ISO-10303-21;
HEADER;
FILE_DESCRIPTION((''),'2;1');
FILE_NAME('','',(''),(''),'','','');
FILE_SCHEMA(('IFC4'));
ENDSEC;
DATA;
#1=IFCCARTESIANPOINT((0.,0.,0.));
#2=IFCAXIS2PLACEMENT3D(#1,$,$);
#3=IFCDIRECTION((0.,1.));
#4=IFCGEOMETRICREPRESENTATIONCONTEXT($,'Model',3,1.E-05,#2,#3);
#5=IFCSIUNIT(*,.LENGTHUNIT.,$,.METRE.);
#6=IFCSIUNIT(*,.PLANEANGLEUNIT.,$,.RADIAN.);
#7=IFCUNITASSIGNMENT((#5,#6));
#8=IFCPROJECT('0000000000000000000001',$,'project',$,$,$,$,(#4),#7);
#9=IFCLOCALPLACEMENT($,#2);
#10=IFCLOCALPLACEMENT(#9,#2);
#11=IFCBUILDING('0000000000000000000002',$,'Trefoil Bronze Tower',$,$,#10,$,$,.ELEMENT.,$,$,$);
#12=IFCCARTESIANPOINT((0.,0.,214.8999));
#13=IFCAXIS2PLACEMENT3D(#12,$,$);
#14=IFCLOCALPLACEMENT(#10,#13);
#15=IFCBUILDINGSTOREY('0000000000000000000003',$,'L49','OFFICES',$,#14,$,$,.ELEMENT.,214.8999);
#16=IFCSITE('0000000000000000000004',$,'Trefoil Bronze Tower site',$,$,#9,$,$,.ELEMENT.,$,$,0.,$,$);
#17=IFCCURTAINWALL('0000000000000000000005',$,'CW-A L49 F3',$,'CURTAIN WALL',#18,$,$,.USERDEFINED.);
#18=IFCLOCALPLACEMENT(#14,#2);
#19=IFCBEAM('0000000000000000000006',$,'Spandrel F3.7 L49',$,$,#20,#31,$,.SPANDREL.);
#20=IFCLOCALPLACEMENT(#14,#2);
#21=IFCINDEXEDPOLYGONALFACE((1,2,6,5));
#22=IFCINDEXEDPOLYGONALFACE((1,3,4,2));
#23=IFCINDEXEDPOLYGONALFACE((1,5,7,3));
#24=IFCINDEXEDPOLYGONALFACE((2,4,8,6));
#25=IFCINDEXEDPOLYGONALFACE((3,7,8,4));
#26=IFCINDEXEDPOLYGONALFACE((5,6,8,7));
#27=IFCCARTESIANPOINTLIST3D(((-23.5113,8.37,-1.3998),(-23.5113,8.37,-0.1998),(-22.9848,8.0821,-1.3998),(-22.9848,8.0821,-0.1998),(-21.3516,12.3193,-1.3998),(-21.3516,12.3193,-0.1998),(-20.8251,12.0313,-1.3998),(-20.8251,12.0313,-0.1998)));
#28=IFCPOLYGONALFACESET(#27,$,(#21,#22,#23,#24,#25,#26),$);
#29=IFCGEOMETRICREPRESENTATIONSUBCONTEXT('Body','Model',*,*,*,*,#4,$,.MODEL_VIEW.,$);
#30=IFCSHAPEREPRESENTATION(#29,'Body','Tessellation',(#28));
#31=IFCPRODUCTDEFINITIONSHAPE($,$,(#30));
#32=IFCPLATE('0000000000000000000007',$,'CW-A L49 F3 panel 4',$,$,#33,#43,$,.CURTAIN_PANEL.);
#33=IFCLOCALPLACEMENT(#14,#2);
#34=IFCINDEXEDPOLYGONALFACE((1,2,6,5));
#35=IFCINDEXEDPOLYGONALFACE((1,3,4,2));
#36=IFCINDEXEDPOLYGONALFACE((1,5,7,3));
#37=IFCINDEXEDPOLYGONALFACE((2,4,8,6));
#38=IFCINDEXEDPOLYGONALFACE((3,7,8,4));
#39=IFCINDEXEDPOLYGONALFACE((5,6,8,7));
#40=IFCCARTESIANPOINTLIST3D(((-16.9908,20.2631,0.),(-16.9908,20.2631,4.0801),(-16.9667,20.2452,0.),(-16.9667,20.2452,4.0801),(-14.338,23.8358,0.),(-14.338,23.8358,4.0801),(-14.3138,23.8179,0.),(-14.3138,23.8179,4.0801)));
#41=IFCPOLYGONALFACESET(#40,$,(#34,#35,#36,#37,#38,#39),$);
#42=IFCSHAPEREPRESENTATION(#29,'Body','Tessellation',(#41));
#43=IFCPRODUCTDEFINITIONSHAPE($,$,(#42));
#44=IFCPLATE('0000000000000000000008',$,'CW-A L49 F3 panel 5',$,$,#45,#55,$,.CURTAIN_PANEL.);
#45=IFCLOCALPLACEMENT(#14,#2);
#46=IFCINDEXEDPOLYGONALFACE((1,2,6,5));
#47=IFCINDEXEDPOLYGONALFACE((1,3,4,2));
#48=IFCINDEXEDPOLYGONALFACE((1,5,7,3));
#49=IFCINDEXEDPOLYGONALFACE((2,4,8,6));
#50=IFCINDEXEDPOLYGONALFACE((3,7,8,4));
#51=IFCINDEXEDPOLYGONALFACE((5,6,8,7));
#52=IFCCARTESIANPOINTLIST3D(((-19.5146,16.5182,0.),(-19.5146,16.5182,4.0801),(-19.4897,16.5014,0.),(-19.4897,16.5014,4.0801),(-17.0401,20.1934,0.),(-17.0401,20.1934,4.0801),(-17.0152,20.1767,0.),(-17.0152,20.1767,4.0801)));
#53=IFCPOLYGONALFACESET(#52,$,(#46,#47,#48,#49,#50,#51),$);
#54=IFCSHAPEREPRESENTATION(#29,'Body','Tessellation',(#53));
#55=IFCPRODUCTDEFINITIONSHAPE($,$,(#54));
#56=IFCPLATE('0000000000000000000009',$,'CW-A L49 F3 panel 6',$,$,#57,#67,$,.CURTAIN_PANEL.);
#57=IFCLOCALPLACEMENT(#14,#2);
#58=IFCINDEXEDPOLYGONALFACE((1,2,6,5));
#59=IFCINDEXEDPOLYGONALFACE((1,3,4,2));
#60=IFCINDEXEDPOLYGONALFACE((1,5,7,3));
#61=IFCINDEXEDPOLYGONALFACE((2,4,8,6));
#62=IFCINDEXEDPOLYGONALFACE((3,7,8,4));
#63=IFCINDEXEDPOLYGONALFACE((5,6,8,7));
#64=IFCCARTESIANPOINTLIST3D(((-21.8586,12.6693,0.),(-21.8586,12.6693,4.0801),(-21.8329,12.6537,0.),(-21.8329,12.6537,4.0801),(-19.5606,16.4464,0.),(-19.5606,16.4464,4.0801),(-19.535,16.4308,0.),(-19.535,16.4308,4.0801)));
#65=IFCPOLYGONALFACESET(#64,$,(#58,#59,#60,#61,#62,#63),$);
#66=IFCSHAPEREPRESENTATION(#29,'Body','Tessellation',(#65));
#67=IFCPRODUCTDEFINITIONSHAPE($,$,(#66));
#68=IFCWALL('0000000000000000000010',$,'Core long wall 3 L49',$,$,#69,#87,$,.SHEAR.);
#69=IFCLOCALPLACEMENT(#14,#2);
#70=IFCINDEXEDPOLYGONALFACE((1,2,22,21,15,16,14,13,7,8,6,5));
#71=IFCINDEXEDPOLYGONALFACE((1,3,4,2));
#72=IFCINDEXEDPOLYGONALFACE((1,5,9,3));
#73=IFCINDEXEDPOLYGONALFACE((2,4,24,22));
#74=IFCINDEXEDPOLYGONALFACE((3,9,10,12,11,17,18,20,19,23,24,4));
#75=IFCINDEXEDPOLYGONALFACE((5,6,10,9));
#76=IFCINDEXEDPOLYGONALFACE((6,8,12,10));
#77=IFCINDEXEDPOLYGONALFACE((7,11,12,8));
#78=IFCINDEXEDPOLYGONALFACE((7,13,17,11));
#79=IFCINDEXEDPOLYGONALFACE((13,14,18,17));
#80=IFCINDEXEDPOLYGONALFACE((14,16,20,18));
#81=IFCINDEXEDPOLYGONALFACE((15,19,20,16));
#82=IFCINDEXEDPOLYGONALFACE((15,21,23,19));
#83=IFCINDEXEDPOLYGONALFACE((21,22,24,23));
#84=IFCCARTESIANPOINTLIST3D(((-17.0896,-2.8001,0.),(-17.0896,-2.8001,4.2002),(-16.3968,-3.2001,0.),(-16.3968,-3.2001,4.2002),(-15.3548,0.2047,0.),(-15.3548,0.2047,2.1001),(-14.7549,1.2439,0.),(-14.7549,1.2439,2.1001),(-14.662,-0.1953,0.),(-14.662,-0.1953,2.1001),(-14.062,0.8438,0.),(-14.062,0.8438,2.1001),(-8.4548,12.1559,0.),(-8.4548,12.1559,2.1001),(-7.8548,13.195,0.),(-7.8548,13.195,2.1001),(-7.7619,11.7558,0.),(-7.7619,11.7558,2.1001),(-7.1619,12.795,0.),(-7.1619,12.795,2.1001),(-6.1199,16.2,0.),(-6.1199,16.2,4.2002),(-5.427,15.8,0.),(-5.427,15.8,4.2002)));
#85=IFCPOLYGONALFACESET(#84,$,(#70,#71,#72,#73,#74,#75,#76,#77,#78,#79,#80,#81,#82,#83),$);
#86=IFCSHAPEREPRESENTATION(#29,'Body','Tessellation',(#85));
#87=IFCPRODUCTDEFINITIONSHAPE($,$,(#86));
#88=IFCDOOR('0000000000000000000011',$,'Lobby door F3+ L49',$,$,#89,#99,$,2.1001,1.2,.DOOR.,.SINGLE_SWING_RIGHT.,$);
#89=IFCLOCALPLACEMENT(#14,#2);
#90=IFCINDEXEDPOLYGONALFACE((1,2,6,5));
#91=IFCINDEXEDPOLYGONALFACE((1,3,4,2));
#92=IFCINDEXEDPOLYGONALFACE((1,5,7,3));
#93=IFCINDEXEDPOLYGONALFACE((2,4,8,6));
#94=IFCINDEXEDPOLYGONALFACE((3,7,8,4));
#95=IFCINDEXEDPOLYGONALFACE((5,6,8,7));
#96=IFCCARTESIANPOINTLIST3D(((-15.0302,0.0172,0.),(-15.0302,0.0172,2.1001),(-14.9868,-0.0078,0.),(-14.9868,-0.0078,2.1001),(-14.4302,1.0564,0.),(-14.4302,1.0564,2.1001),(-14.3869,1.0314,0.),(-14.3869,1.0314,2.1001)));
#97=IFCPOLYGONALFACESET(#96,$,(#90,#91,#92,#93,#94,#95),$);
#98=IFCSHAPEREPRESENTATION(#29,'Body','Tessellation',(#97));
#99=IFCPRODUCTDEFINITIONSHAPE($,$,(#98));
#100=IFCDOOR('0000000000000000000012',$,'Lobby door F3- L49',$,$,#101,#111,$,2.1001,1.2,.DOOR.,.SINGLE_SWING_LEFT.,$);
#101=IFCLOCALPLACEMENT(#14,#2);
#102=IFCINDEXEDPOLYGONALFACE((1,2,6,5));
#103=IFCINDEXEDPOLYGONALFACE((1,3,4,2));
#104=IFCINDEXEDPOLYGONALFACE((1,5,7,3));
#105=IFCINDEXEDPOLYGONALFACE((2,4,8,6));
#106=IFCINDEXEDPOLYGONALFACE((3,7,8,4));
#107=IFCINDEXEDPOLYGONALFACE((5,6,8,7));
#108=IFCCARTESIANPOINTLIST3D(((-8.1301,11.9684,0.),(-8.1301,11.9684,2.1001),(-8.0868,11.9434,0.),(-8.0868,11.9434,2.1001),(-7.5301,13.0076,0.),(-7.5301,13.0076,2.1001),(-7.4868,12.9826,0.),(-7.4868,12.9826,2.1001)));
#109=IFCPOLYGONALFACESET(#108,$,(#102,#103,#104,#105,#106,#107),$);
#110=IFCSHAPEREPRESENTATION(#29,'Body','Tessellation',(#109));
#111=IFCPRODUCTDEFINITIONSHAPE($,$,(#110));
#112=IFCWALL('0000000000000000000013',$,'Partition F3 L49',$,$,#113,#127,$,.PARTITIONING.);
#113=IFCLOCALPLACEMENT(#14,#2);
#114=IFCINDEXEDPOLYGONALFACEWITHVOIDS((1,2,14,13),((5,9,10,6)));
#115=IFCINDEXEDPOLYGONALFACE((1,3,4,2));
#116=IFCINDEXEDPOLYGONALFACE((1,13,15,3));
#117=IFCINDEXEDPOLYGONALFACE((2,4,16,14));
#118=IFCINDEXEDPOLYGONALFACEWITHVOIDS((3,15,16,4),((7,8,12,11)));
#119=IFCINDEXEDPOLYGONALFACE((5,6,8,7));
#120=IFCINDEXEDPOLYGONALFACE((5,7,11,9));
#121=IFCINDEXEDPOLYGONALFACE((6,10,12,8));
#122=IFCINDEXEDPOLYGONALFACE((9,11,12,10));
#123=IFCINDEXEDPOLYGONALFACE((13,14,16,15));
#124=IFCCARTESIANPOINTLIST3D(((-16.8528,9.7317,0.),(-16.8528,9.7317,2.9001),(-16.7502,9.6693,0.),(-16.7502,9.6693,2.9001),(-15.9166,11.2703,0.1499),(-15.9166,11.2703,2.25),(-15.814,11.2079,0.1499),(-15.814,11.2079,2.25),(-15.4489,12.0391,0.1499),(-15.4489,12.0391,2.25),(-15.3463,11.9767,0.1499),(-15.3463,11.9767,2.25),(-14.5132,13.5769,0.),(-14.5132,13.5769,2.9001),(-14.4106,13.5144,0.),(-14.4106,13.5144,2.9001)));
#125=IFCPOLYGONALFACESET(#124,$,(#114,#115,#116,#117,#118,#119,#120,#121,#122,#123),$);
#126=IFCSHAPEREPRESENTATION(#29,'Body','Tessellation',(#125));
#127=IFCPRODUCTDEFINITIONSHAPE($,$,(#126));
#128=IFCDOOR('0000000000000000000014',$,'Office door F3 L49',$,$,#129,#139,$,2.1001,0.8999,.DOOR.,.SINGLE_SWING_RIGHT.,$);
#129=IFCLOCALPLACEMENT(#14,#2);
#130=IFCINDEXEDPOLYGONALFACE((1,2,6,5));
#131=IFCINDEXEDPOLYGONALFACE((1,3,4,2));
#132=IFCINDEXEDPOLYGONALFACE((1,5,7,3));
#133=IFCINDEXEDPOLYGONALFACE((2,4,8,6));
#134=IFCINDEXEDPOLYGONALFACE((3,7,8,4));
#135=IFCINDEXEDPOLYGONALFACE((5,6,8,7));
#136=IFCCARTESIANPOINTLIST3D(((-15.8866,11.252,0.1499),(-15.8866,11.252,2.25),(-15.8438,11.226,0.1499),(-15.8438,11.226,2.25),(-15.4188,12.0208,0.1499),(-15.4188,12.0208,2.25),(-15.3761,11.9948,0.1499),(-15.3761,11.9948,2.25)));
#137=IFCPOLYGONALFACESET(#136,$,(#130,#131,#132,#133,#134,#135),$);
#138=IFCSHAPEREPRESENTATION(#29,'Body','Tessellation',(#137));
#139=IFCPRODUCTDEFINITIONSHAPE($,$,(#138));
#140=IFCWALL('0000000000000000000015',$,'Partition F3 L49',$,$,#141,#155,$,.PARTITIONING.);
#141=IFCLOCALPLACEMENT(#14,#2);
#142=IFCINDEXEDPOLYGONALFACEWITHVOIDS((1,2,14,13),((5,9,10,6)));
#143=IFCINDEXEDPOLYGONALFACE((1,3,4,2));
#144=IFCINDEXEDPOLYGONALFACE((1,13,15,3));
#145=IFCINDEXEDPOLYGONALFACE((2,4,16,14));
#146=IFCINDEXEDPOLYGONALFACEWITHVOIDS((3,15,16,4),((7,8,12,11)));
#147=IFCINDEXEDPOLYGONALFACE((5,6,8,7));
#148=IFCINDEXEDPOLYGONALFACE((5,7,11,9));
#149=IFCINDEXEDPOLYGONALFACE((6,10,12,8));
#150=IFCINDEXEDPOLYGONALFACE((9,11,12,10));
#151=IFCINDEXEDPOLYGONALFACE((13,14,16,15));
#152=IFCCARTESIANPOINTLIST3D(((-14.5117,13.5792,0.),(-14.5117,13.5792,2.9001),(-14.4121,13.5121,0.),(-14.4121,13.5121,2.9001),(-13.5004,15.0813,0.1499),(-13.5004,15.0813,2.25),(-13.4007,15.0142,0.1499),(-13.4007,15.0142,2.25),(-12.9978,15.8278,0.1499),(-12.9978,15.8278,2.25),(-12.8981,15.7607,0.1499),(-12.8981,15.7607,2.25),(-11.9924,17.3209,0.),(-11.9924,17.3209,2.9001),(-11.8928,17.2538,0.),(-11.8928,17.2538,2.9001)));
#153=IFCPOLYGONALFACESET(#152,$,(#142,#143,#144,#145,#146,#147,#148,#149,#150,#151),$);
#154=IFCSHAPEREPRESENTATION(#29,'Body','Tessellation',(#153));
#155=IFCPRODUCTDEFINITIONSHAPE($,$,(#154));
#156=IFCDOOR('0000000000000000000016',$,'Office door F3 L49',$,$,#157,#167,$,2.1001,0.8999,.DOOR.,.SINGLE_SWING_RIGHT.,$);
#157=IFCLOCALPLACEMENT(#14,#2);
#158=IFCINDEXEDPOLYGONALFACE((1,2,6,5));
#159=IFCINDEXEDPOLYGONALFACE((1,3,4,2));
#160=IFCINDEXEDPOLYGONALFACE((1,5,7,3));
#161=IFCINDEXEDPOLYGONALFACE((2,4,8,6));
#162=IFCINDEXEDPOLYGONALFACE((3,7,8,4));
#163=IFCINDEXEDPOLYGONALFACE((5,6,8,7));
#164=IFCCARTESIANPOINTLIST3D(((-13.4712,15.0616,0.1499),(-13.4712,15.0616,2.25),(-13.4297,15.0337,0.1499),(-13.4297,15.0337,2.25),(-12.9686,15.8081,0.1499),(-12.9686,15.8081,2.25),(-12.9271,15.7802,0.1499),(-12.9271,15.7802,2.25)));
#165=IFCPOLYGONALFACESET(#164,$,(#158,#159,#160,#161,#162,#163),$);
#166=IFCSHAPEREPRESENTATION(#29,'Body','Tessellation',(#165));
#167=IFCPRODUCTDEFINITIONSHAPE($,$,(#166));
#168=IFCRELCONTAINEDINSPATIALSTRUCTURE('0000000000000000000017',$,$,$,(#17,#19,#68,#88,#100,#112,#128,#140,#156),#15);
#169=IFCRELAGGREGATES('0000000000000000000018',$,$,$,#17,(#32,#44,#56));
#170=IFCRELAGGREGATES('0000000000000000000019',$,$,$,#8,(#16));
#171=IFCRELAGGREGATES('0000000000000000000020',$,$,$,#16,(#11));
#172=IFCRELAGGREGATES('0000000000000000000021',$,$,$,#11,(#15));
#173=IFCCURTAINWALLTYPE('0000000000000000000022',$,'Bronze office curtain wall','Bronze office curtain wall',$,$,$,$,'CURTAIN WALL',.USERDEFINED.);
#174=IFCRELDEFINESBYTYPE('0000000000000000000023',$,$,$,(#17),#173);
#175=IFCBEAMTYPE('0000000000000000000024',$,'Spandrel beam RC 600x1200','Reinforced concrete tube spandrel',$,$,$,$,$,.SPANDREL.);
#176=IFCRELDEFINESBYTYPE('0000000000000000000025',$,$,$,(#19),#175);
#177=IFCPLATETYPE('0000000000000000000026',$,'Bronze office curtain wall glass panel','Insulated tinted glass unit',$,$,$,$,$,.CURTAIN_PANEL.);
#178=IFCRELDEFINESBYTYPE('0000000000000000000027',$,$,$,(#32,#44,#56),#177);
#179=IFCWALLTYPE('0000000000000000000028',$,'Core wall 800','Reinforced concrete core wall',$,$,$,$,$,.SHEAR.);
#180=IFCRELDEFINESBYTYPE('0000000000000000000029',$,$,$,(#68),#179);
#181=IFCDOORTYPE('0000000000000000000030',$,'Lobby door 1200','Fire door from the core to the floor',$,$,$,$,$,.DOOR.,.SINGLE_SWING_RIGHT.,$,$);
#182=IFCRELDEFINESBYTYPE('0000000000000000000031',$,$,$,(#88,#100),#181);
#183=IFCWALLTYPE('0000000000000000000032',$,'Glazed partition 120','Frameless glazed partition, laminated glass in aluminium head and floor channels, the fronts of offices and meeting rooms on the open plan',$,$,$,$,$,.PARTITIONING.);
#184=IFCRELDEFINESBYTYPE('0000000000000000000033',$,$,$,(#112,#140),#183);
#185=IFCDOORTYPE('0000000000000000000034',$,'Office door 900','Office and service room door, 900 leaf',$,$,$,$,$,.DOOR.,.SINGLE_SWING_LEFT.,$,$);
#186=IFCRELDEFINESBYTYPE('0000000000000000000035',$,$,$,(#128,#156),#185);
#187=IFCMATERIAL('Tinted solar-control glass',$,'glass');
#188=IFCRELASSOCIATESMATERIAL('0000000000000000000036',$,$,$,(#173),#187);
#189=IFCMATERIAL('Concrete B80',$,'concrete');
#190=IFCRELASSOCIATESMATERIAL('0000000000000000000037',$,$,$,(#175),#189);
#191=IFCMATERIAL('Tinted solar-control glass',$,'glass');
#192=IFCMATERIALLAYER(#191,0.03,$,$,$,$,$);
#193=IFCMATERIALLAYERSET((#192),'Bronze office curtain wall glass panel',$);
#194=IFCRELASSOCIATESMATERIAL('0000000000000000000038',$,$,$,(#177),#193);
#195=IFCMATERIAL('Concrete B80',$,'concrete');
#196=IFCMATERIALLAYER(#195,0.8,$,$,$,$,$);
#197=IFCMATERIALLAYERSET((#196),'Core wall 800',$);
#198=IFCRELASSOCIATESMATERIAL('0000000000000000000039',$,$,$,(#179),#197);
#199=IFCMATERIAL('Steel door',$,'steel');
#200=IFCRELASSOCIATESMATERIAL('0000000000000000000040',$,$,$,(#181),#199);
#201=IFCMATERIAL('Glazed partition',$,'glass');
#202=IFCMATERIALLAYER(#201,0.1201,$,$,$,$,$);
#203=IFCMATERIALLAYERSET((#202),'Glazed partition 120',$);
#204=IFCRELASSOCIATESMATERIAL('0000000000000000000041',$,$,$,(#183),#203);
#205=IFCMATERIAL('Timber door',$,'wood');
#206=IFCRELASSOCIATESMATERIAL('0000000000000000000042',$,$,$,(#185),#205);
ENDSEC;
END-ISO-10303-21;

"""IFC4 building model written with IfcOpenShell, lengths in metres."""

from ifc_helpers import new_model, si_unit, direction, frame, frame_2d, origin, origin_2d, place, context, subcontext, project, spatial, rectangle, extrude, material, layer, layer_set, material_profile, profile_set, type_object, element, fill, aggregate, save


model = new_model("IFC4")

# Units and contexts
model_context = context("Model", 3, precision=1e-05, world=origin(), true_north=direction((0.0, 1.0)))
body_context = subcontext(model_context, "Body", "Model", "MODEL_VIEW")
ifc_project = project(units=[si_unit("LENGTHUNIT", "METRE"), si_unit("PLANEANGLEUNIT", "RADIAN")], contexts=[model_context])

# Site, building, storey
site_placement = place(None, origin())
site = spatial("IfcSite", under=ifc_project, at=site_placement, Name="Trefoil Bronze Tower site", CompositionType="ELEMENT", RefElevation=0.0)
building_placement = place(site_placement, origin())
building = spatial("IfcBuilding", under=site, at=building_placement, Name="Trefoil Bronze Tower", CompositionType="ELEMENT")
storey_placement = place(building_placement, frame((0.0, 0.0, 214.8999)))
storey = spatial("IfcBuildingStorey", under=building, at=storey_placement, Name="L49", Description="OFFICES", CompositionType="ELEMENT", Elevation=214.8999)

# Curtain wall
ifc_material_1 = material(Name="Tinted solar-control glass", Category="glass")
curtain_wall_type = type_object("IfcCurtainWallType", Name="Bronze office curtain wall", Description="Bronze office curtain wall", ElementType="CURTAIN WALL", PredefinedType="USERDEFINED", material=ifc_material_1)
curtain_wall_placement = place(storey_placement, origin())
curtain_wall = element("IfcCurtainWall", 1, at=curtain_wall_placement, inside=storey, type_object=curtain_wall_type, Name="CW-A L49 F3", ObjectType="CURTAIN WALL", PredefinedType="USERDEFINED")

# Beam
ifc_material_2 = material(Name="Concrete B80", Category="concrete")
ifc_material_profile_1 = material_profile(ifc_material_2, rectangle(XDim=0.6001, YDim=1.2, at=origin_2d()), Name="RC 600x1200")
ifc_profile_set_1 = profile_set([ifc_material_profile_1], Name="Concrete B80")
beam_type_1 = type_object("IfcBeamType", Name="Spandrel beam RC 600x1200", Description="Reinforced concrete tube spandrel", PredefinedType="SPANDREL", material=ifc_profile_set_1)
for number, where, z_axis, x_axis, name in (
    (2, (-21.0884, 12.1753, -0.7998), (-0.479802, -0.877377, 0.0), (0.877377, -0.479802, 0.0), "Spandrel F3.7 L49"),
):
    element("IfcBeam", number, at=place(storey_placement, frame(where, z_axis=z_axis, x_axis=x_axis)), inside=storey, type_object=beam_type_1, Name=name, PredefinedType="SPANDREL", context=body_context, shape_type="SweptSolid", body=[
        extrude(rectangle(XDim=0.6001, YDim=1.2, at=origin_2d()), origin(), (0.0, 0.0, 1.0), 4.5012),
    ])

# Plates
ifc_material_3 = material(Name="Tinted solar-control glass", Category="glass")
ifc_layer_1 = layer(ifc_material_3, 0.03)
ifc_layer_set_1 = layer_set([ifc_layer_1], Name="Bronze office curtain wall glass panel")
plate_type = type_object("IfcPlateType", Name="Bronze office curtain wall glass panel", Description="Insulated tinted glass unit", PredefinedType="CURTAIN_PANEL", material=ifc_layer_set_1)
plate_1_placement = place(storey_placement, frame((-15.6523, 22.0405, 0.0), z_axis=(0.0, 0.0, 1.0), x_axis=(-0.596162, -0.802865, 0.0)))
plate_1 = element("IfcPlate", 3, at=plate_1_placement, type_object=plate_type, Name="CW-A L49 F3 panel 4", PredefinedType="CURTAIN_PANEL", context=body_context, shape_type="SweptSolid", body=[
    extrude(rectangle(XDim=4.45, YDim=0.03, at=origin_2d()), origin(), (0.0, 0.0, 1.0), 4.0801),
])
plate_2_placement = place(storey_placement, frame((-18.2649, 18.3474, 0.0), z_axis=(0.0, 0.0, 1.0), x_axis=(-0.558493, -0.829509, 0.0)))
plate_2 = element("IfcPlate", 4, at=plate_2_placement, type_object=plate_type, Name="CW-A L49 F3 panel 5", PredefinedType="CURTAIN_PANEL", context=body_context, shape_type="SweptSolid", body=[
    extrude(rectangle(XDim=4.4307, YDim=0.03, at=origin_2d()), origin(), (0.0, 0.0, 1.0), 4.0801),
])
plate_3_placement = place(storey_placement, frame((-20.6968, 14.55, 0.0), z_axis=(0.0, 0.0, 1.0), x_axis=(-0.519762, -0.854311, 0.0)))
plate_3 = element("IfcPlate", 5, at=plate_3_placement, type_object=plate_type, Name="CW-A L49 F3 panel 6", PredefinedType="CURTAIN_PANEL", context=body_context, shape_type="SweptSolid", body=[
    extrude(rectangle(XDim=4.4211, YDim=0.03, at=origin_2d()), origin(), (0.0, 0.0, 1.0), 4.0801),
])
aggregate(curtain_wall, [plate_1, plate_2, plate_3])

# Wall, openings, doors
ifc_material_4 = material(Name="Concrete B80", Category="concrete")
ifc_layer_2 = layer(ifc_material_4, 0.8)
ifc_layer_set_2 = layer_set([ifc_layer_2], Name="Core wall 800")
wall_type_1 = type_object("IfcWallType", Name="Core wall 800", Description="Reinforced concrete core wall", PredefinedType="SHEAR", material=ifc_layer_set_2)
wall_1_placement = place(storey_placement, frame((-5.7734, 16.0, 0.0), z_axis=(0.0, 0.0, 1.0), x_axis=(-0.500002, -0.866024, 0.0)))
wall_1 = element("IfcWall", 6, at=wall_1_placement, inside=storey, type_object=wall_type_1, Name="Core long wall 3 L49", PredefinedType="SHEAR", context=body_context, shape_type="SweptSolid", body=[
    extrude(rectangle(XDim=21.9395, YDim=0.8, at=frame_2d((10.9697, 0.0))), origin(), (0.0, 0.0, 1.0), 4.2002),
])
opening_1_placement = place(wall_1_placement, frame((17.2698, 0.0, 0.0)))
opening_1 = element("IfcOpeningElement", 7, at=opening_1_placement, cuts=wall_1, PredefinedType="OPENING", context=body_context, shape_type="SweptSolid", body=[
    extrude(rectangle(XDim=1.2, YDim=2.1001, at=frame_2d((0.6001, 1.05))), frame((0.0, 0.4099, 0.0), z_axis=(0.0, -1.0, 0.0), x_axis=(1.0, 0.0, 0.0)), (0.0, 0.0, 1.0), 0.8201),
])
opening_2_placement = place(wall_1_placement, frame((3.4697, 0.0, 0.0)))
opening_2 = element("IfcOpeningElement", 8, at=opening_2_placement, cuts=wall_1, PredefinedType="OPENING", context=body_context, shape_type="SweptSolid", body=[
    extrude(rectangle(XDim=1.2, YDim=2.1001, at=frame_2d((0.6001, 1.05))), frame((0.0, 0.4099, 0.0), z_axis=(0.0, -1.0, 0.0), x_axis=(1.0, 0.0, 0.0)), (0.0, 0.0, 1.0), 0.8201),
])
ifc_material_5 = material(Name="Steel door", Category="steel")
door_type_1 = type_object("IfcDoorType", Name="Lobby door 1200", Description="Fire door from the core to the floor", OperationType="SINGLE_SWING_RIGHT", PredefinedType="DOOR", material=ifc_material_5)
door_1_placement = place(opening_1_placement, origin())
door_1 = element("IfcDoor", 9, at=door_1_placement, inside=storey, type_object=door_type_1, Name="Lobby door F3+ L49", OperationType="SINGLE_SWING_RIGHT", OverallHeight=2.1001, OverallWidth=1.2, PredefinedType="DOOR", context=body_context, shape_type="SweptSolid", body=[
    extrude(rectangle(XDim=1.2, YDim=2.1001, at=frame_2d((0.6001, 1.05))), frame((0.0, 0.0249, 0.0), z_axis=(0.0, -1.0, 0.0), x_axis=(1.0, 0.0, 0.0)), (0.0, 0.0, 1.0), 0.05),
])
fill(opening_1, door_1)
door_2_placement = place(opening_2_placement, origin())
door_2 = element("IfcDoor", 10, at=door_2_placement, inside=storey, type_object=door_type_1, Name="Lobby door F3- L49", OperationType="SINGLE_SWING_LEFT", OverallHeight=2.1001, OverallWidth=1.2, PredefinedType="DOOR", context=body_context, shape_type="SweptSolid", body=[
    extrude(rectangle(XDim=1.2, YDim=2.1001, at=frame_2d((0.6001, 1.05))), frame((0.0, 0.0249, 0.0), z_axis=(0.0, -1.0, 0.0), x_axis=(1.0, 0.0, 0.0)), (0.0, 0.0, 1.0), 0.05),
])
fill(opening_2, door_2)

# Walls, openings, doors
ifc_material_6 = material(Name="Glazed partition", Category="glass")
ifc_layer_3 = layer(ifc_material_6, 0.1201)
ifc_layer_set_3 = layer_set([ifc_layer_3], Name="Glazed partition 120")
wall_type_2 = type_object("IfcWallType", Name="Glazed partition 120", Description="Frameless glazed partition, laminated glass in aluminium head and floor channels, the fronts of offices and meeting rooms on the open plan", PredefinedType="PARTITIONING", material=ifc_layer_set_3)
wall_2_placement = place(storey_placement, frame((-14.4619, 13.5457, 0.0), z_axis=(0.0, 0.0, 1.0), x_axis=(-0.51979, -0.854294, 0.0)))
wall_2 = element("IfcWall", 11, at=wall_2_placement, inside=storey, type_object=wall_type_2, Name="Partition F3 L49", PredefinedType="PARTITIONING", context=body_context, shape_type="SweptSolid", body=[
    extrude(rectangle(XDim=4.501, YDim=0.1201, at=frame_2d((2.2505, 0.0))), origin(), (0.0, 0.0, 1.0), 2.9001),
])
opening_3_placement = place(wall_2_placement, frame((1.8, 0.0, 0.1499)))
opening_3 = element("IfcOpeningElement", 12, at=opening_3_placement, cuts=wall_2, PredefinedType="OPENING", context=body_context, shape_type="SweptSolid", body=[
    extrude(rectangle(XDim=0.8999, YDim=2.1001, at=frame_2d((0.45, 1.05))), frame((0.0, 0.0701, 0.0), z_axis=(0.0, -1.0, 0.0), x_axis=(1.0, 0.0, 0.0)), (0.0, 0.0, 1.0), 0.1401),
])
ifc_material_7 = material(Name="Timber door", Category="wood")
door_type_2 = type_object("IfcDoorType", Name="Office door 900", Description="Office and service room door, 900 leaf", OperationType="SINGLE_SWING_LEFT", PredefinedType="DOOR", material=ifc_material_7)
door_3_placement = place(opening_3_placement, frame((0.8999, 0.0, 0.0), z_axis=(0.0, 0.0, 1.0), x_axis=(-1.0, 0.0, 0.0)))
door_3 = element("IfcDoor", 13, at=door_3_placement, inside=storey, type_object=door_type_2, Name="Office door F3 L49", OperationType="SINGLE_SWING_RIGHT", OverallHeight=2.1001, OverallWidth=0.8999, PredefinedType="DOOR", context=body_context, shape_type="SweptSolid", body=[
    extrude(rectangle(XDim=0.8999, YDim=2.1001, at=frame_2d((0.45, 1.05))), frame((0.0, 0.0249, 0.0), z_axis=(0.0, -1.0, 0.0), x_axis=(1.0, 0.0, 0.0)), (0.0, 0.0, 1.0), 0.05),
])
fill(opening_3, door_3)
wall_3_placement = place(storey_placement, frame((-11.9426, 17.2874, 0.0), z_axis=(0.0, 0.0, 1.0), x_axis=(-0.558504, -0.829502, 0.0)))
wall_3 = element("IfcWall", 14, at=wall_3_placement, inside=storey, type_object=wall_type_2, Name="Partition F3 L49", PredefinedType="PARTITIONING", context=body_context, shape_type="SweptSolid", body=[
    extrude(rectangle(XDim=4.5107, YDim=0.1201, at=frame_2d((2.2554, 0.0))), origin(), (0.0, 0.0, 1.0), 2.9001),
])
opening_4_placement = place(wall_3_placement, frame((1.8, 0.0, 0.1499)))
opening_4 = element("IfcOpeningElement", 15, at=opening_4_placement, cuts=wall_3, PredefinedType="OPENING", context=body_context, shape_type="SweptSolid", body=[
    extrude(rectangle(XDim=0.8999, YDim=2.1001, at=frame_2d((0.45, 1.05))), frame((0.0, 0.0701, 0.0), z_axis=(0.0, -1.0, 0.0), x_axis=(1.0, 0.0, 0.0)), (0.0, 0.0, 1.0), 0.1401),
])
door_4_placement = place(opening_4_placement, frame((0.8999, 0.0, 0.0), z_axis=(0.0, 0.0, 1.0), x_axis=(-1.0, 0.0, 0.0)))
door_4 = element("IfcDoor", 16, at=door_4_placement, inside=storey, type_object=door_type_2, Name="Office door F3 L49", OperationType="SINGLE_SWING_RIGHT", OverallHeight=2.1001, OverallWidth=0.8999, PredefinedType="DOOR", context=body_context, shape_type="SweptSolid", body=[
    extrude(rectangle(XDim=0.8999, YDim=2.1001, at=frame_2d((0.45, 1.05))), frame((0.0, 0.0249, 0.0), z_axis=(0.0, -1.0, 0.0), x_axis=(1.0, 0.0, 0.0)), (0.0, 0.0, 1.0), 0.05),
])
fill(opening_4, door_4)

save(model, "model.ifc")
